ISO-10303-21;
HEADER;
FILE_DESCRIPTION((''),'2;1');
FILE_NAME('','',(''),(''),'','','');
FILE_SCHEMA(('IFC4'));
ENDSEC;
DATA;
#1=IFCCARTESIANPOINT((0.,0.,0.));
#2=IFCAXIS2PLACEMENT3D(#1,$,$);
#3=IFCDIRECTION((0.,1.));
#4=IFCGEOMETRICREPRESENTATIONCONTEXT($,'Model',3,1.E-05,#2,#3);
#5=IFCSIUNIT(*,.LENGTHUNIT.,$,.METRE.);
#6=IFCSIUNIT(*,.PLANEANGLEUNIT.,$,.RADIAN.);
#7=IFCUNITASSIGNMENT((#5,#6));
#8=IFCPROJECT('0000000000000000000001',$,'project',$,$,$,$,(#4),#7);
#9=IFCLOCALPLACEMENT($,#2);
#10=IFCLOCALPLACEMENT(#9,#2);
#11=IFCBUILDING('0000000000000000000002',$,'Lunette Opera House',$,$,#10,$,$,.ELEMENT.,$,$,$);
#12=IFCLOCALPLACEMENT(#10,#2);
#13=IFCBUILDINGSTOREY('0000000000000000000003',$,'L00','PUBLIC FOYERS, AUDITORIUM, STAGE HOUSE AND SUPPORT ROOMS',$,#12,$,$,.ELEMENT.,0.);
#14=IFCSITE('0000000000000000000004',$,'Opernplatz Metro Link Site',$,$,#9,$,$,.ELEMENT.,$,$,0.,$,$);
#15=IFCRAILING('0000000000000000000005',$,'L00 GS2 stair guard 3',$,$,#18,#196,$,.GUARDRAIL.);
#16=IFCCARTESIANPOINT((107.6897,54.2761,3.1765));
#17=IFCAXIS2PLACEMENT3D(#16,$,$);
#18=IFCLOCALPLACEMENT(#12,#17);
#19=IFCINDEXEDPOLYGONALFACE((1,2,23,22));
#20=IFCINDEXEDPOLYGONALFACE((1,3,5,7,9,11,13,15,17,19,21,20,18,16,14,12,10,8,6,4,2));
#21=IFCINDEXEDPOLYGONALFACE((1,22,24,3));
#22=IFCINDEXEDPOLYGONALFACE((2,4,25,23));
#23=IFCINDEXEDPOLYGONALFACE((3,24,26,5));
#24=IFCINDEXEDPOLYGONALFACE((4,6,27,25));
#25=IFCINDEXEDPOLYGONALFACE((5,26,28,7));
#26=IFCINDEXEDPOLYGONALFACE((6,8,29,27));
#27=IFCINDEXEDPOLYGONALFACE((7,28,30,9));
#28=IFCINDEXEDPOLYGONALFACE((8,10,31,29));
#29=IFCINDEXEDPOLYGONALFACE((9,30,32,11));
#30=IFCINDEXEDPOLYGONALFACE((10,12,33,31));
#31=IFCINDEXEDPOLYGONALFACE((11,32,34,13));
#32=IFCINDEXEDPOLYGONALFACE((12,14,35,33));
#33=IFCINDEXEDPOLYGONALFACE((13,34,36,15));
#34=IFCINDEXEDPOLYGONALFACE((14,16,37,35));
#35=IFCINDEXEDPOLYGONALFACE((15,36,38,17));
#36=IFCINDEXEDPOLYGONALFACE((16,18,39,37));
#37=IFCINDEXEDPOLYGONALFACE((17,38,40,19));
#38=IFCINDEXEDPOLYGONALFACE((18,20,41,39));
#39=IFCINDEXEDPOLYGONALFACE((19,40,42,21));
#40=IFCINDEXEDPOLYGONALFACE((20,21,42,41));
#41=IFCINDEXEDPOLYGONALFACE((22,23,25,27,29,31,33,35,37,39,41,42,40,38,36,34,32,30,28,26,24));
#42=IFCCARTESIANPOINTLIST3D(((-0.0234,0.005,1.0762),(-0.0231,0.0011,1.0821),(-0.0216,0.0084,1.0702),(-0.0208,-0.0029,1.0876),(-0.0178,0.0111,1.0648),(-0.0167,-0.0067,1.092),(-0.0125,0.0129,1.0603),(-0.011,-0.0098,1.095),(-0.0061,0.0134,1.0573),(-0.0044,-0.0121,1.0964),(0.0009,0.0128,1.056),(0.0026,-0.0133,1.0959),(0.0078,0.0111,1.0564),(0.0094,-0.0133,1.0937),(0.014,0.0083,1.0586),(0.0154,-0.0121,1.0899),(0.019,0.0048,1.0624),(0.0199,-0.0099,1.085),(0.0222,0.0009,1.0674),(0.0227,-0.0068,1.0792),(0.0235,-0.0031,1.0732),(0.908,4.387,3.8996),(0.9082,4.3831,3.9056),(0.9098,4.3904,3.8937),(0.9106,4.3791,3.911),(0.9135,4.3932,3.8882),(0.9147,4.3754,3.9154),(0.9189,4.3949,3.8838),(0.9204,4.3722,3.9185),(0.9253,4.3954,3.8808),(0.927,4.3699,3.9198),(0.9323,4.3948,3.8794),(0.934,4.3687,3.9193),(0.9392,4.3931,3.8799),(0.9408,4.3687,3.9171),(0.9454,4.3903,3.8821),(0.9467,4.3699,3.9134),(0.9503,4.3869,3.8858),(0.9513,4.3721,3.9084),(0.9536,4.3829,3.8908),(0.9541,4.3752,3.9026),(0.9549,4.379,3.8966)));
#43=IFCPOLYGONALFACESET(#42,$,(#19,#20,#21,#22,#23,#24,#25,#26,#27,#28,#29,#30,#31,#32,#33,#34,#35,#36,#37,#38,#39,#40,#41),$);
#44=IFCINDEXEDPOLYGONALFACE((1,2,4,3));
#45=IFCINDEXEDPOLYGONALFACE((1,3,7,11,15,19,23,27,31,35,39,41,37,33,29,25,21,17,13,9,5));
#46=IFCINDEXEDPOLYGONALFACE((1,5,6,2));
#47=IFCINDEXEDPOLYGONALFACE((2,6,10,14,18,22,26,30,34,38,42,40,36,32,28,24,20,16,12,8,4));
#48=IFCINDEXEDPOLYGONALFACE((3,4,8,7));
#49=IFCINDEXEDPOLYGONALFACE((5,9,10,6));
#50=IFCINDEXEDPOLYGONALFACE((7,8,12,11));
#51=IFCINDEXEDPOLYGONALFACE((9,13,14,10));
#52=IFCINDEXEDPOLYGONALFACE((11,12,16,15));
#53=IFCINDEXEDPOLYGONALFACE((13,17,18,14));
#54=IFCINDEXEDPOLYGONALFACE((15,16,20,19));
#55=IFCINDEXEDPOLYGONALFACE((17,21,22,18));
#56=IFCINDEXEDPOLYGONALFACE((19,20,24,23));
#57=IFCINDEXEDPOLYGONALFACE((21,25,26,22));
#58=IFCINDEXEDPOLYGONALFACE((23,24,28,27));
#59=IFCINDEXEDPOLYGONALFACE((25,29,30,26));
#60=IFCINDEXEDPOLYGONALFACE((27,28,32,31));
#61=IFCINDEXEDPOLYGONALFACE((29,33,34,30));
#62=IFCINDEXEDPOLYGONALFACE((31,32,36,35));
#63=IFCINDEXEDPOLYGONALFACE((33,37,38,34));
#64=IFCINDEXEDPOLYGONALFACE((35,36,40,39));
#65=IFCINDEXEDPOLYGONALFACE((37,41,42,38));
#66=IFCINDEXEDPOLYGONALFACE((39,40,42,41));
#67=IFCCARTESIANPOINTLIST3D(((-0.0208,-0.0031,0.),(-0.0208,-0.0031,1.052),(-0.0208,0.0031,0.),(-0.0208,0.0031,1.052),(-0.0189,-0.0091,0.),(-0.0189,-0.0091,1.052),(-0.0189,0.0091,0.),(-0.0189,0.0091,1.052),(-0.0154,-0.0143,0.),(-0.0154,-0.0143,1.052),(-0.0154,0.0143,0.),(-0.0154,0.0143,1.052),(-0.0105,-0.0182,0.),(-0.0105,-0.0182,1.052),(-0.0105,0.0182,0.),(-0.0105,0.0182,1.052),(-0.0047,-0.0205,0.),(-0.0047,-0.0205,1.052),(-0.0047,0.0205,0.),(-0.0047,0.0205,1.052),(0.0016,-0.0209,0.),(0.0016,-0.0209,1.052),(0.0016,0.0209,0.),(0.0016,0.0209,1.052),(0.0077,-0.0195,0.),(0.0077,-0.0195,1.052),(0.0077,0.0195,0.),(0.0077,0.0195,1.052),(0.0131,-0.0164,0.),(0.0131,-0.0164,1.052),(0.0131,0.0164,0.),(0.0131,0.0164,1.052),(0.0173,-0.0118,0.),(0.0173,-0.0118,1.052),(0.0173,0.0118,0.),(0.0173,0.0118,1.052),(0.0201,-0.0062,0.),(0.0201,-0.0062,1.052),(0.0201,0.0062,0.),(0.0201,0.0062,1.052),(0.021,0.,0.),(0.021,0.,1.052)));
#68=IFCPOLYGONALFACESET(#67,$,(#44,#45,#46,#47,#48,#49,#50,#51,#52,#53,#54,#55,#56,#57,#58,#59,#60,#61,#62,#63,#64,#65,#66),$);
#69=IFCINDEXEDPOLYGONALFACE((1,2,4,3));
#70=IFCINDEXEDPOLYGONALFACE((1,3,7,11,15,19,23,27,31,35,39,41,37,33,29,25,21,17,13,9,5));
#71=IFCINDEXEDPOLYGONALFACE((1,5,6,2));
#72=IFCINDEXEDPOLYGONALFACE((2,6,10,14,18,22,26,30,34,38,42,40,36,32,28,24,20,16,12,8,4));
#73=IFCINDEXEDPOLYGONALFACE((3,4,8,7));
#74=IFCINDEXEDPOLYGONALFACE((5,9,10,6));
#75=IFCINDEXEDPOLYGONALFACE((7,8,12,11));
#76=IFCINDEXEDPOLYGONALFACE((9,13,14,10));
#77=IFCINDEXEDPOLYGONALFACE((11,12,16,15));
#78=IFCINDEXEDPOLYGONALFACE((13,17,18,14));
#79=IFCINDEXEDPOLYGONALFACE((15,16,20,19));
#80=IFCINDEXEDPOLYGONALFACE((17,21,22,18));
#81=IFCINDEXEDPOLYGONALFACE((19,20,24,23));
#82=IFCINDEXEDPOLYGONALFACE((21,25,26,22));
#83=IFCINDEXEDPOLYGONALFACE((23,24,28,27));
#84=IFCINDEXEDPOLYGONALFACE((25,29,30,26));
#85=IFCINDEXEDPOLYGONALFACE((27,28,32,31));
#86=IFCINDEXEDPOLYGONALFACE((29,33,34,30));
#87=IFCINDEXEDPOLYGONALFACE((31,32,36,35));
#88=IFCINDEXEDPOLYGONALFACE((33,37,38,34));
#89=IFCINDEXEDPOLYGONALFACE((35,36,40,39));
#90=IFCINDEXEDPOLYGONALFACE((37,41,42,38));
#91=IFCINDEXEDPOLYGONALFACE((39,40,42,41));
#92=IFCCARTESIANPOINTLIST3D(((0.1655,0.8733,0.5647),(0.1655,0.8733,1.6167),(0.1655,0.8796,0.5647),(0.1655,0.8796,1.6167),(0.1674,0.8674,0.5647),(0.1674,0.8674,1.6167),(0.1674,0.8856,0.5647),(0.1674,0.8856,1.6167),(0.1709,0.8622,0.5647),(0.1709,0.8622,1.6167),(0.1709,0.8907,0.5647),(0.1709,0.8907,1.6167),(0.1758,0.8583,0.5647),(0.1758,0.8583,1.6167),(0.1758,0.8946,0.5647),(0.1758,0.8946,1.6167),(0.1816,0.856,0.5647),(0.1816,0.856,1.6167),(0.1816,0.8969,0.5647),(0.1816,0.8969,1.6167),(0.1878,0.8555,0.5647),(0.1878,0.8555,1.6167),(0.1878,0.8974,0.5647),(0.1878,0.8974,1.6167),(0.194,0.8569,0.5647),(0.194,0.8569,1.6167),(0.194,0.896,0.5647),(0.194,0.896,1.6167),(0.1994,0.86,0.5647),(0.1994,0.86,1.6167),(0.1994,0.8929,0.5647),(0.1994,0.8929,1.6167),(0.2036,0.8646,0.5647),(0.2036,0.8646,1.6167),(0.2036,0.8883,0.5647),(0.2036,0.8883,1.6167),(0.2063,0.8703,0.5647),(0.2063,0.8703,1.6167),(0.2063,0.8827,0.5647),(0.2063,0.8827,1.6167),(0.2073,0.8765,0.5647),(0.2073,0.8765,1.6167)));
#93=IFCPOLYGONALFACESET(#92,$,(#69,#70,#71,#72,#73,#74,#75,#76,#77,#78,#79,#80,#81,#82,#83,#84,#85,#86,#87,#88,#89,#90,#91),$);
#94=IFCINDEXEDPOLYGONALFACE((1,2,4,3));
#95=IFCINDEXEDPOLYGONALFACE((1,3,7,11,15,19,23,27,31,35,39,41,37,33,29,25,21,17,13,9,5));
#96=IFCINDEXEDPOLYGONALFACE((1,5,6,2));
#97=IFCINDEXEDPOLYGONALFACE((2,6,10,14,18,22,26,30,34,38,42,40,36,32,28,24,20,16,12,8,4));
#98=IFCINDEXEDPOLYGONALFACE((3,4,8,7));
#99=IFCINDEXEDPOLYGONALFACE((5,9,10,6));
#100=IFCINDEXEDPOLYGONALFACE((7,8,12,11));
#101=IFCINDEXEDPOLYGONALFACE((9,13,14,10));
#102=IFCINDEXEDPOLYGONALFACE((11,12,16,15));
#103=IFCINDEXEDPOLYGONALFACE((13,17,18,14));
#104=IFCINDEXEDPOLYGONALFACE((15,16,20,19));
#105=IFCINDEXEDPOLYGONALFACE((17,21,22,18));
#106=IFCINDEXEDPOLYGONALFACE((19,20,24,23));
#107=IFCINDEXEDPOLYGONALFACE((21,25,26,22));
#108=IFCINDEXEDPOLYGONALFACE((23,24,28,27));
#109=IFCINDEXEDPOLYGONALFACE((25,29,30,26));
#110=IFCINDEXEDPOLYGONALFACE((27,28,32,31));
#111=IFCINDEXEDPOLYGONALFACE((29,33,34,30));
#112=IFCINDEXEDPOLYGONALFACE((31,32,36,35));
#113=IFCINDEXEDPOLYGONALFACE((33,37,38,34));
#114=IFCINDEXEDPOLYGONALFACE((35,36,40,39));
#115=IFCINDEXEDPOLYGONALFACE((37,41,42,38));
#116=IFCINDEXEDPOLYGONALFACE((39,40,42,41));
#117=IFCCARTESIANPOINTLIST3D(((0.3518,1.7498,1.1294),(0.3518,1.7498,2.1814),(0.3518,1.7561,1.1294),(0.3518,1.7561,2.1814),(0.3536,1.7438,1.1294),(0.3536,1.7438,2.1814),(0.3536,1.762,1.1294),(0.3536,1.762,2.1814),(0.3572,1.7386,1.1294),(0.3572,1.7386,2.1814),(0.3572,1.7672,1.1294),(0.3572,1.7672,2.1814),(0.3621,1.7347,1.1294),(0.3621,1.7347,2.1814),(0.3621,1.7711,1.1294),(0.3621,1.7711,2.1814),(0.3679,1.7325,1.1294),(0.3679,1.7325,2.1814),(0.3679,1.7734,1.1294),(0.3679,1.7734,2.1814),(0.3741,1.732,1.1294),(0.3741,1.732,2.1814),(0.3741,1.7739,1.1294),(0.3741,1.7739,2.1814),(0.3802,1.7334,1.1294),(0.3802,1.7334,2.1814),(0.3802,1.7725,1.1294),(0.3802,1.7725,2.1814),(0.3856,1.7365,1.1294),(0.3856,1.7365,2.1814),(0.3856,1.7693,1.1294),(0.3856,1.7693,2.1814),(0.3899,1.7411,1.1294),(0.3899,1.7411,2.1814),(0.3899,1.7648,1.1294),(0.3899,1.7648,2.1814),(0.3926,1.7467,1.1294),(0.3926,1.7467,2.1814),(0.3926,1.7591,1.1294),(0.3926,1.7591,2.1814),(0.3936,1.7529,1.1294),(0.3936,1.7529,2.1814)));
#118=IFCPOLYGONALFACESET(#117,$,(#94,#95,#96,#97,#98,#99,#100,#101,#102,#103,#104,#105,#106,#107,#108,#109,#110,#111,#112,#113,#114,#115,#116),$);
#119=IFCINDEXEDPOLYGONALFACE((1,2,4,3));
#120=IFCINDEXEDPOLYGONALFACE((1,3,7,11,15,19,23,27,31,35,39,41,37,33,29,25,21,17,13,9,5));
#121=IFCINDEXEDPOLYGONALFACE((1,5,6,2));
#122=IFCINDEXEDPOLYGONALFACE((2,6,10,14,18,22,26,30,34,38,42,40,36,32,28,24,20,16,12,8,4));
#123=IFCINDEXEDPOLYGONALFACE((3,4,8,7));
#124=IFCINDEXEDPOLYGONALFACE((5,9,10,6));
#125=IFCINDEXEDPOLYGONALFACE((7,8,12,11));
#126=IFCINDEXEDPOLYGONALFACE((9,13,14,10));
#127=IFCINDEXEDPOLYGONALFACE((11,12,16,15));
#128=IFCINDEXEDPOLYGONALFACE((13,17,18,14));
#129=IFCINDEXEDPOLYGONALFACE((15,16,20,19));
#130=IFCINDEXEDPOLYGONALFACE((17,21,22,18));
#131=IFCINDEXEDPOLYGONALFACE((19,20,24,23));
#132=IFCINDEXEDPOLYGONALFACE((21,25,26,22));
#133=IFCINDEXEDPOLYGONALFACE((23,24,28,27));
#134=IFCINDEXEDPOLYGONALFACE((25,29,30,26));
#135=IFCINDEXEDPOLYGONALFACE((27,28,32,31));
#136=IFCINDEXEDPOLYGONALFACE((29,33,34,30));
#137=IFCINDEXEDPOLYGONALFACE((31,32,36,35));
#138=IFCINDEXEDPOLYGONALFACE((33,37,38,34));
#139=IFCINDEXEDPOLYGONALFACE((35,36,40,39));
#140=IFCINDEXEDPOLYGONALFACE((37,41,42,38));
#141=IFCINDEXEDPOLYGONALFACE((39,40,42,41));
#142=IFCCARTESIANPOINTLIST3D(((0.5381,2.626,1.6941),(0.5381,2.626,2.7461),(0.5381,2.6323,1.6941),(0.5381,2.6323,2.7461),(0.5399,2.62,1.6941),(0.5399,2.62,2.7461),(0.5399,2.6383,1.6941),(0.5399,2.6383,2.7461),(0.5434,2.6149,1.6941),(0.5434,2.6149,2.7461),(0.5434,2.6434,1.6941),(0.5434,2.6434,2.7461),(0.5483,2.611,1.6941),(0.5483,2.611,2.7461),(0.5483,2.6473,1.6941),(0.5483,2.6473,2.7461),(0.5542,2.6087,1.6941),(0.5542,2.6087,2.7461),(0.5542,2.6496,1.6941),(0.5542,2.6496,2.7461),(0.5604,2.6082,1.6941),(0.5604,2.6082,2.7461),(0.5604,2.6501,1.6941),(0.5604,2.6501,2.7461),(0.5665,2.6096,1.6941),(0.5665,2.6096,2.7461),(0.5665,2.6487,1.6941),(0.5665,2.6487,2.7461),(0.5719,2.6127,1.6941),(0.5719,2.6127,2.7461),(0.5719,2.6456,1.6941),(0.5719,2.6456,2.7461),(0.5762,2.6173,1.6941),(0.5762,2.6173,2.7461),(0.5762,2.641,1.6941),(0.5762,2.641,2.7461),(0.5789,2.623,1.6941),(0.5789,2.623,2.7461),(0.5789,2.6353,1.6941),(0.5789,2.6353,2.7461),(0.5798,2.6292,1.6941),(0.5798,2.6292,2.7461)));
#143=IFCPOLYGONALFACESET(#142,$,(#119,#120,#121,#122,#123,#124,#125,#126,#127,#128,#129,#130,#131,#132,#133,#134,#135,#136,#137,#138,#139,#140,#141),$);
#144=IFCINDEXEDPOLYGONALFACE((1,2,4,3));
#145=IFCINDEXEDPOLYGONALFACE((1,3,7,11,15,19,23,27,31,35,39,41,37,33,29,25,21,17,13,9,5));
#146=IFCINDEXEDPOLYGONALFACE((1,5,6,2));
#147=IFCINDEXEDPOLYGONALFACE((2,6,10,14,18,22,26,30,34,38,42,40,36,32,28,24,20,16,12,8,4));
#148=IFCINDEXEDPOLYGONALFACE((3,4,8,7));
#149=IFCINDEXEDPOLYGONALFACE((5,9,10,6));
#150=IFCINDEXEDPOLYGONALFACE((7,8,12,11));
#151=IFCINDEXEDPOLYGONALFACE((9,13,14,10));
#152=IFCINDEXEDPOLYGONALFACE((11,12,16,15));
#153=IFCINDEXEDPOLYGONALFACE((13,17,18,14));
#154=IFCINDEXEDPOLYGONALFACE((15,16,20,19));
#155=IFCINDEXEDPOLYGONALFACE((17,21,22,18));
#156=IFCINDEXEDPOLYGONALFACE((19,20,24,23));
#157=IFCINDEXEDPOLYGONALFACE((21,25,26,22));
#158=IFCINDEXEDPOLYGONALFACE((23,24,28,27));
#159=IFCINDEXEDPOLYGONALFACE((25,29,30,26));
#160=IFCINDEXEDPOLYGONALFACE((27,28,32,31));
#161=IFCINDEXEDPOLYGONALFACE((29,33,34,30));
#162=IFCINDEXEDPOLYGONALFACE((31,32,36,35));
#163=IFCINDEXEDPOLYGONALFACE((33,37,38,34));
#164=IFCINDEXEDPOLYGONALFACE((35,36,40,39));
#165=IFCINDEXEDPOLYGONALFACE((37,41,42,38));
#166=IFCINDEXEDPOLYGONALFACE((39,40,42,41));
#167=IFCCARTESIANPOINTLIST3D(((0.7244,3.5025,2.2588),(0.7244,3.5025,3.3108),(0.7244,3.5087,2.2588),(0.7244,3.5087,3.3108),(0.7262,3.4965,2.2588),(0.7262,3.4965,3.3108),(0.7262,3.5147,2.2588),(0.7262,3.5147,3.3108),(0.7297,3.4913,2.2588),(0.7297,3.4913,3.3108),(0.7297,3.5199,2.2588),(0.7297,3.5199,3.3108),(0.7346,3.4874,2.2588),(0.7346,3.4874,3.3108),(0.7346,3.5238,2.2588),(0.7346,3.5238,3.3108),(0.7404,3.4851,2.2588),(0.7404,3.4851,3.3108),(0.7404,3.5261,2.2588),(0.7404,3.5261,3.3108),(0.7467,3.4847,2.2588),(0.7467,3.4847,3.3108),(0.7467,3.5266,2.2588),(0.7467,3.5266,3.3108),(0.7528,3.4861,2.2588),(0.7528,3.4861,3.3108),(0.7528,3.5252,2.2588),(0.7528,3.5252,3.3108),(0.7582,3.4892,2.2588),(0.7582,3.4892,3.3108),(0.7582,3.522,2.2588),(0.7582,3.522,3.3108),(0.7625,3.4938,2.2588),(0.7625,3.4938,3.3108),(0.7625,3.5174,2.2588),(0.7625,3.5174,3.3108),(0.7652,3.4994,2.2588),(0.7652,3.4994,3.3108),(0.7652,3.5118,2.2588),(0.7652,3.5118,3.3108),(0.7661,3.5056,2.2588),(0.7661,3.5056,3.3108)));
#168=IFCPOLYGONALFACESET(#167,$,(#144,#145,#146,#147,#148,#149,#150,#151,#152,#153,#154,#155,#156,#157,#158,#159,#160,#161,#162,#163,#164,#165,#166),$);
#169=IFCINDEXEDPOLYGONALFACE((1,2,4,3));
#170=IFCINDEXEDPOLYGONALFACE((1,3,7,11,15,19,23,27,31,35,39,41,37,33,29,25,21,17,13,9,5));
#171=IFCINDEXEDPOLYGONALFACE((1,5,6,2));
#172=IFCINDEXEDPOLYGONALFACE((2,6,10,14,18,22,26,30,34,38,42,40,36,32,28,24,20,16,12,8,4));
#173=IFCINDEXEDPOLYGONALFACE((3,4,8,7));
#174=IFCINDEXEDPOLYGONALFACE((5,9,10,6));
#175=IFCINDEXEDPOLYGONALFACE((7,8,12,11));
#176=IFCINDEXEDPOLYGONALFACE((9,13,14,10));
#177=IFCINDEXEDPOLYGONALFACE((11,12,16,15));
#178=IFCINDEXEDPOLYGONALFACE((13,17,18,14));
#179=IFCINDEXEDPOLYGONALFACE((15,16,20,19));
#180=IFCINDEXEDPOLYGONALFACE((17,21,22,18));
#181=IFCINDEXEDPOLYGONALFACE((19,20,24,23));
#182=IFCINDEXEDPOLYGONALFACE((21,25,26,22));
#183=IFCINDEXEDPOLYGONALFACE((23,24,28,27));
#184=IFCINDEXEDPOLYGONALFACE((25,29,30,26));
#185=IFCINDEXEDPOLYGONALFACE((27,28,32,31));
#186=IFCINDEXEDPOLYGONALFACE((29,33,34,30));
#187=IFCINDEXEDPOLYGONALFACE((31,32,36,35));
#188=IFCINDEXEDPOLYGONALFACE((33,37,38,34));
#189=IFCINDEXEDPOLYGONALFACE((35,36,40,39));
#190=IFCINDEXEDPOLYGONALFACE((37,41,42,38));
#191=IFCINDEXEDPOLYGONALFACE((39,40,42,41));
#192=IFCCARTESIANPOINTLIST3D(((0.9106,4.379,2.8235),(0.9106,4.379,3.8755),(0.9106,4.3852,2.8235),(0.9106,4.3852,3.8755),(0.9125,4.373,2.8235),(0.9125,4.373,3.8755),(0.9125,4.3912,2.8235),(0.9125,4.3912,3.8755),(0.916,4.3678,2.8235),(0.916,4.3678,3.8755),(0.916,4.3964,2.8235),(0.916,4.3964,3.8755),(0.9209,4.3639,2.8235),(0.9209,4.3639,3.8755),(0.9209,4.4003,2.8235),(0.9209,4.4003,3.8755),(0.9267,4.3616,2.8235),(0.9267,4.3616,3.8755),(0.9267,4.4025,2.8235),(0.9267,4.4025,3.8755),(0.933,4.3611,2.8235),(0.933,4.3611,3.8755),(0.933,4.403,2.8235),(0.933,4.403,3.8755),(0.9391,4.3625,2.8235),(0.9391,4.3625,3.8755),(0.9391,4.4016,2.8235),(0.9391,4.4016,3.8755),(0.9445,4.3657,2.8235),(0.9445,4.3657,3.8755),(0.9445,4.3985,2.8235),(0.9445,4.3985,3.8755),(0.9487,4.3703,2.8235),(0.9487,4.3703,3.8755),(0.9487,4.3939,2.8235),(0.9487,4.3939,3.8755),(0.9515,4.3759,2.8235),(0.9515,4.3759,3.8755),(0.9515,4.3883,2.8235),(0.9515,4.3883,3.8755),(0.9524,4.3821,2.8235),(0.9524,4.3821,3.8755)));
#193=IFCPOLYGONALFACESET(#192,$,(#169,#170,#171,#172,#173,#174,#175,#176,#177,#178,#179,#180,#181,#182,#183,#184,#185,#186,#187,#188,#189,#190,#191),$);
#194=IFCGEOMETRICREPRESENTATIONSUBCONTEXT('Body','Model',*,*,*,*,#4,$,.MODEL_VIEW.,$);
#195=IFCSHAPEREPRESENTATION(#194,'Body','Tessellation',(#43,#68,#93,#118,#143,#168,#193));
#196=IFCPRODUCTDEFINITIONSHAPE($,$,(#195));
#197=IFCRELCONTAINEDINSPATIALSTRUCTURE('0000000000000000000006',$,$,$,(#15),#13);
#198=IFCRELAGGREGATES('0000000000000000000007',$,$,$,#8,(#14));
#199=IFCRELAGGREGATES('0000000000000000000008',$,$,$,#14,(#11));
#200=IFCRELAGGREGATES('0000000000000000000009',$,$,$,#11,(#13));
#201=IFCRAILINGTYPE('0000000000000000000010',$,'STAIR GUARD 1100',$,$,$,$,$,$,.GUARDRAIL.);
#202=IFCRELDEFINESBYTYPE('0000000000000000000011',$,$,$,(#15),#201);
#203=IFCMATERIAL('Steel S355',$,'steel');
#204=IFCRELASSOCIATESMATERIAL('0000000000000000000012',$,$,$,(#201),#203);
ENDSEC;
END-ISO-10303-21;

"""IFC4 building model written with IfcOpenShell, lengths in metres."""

from ifc_helpers import new_model, si_unit, direction, frame, origin, origin_2d, place, context, subcontext, project, spatial, circle, extrude, material, type_object, element, save


model = new_model("IFC4")

# Units and contexts
model_context = context("Model", 3, precision=1e-05, world=origin(), true_north=direction((0.0, 1.0)))
body_context = subcontext(model_context, "Body", "Model", "MODEL_VIEW")
ifc_project = project(units=[si_unit("LENGTHUNIT", "METRE"), si_unit("PLANEANGLEUNIT", "RADIAN")], contexts=[model_context])

# Site, building, storey
site_placement = place(None, origin())
site = spatial("IfcSite", under=ifc_project, at=site_placement, Name="Opernplatz Metro Link Site", CompositionType="ELEMENT", RefElevation=0.0)
building_placement = place(site_placement, origin())
building = spatial("IfcBuilding", under=site, at=building_placement, Name="Lunette Opera House", CompositionType="ELEMENT")
storey_placement = place(building_placement, origin())
storey = spatial("IfcBuildingStorey", under=building, at=storey_placement, Name="L00", Description="PUBLIC FOYERS, AUDITORIUM, STAGE HOUSE AND SUPPORT ROOMS", CompositionType="ELEMENT", Elevation=0.0)

# Railing
ifc_material_1 = material(Name="Steel S355", Category="steel")
railing_type_1 = type_object("IfcRailingType", Name="STAIR GUARD 1100", PredefinedType="GUARDRAIL", material=ifc_material_1)
railing_1_placement = place(storey_placement, frame((107.6897, 54.2761, 3.1765)))
element("IfcRailing", 1, at=railing_1_placement, inside=storey, type_object=railing_type_1, Name="L00 GS2 stair guard 3", PredefinedType="GUARDRAIL", context=body_context, shape_type="SweptSolid", body=[
    extrude(circle(Radius=0.0239, at=origin_2d()), frame((0.0, 0.0, 1.0762), z_axis=(0.175885, 0.827512, 0.533187), x_axis=(-0.97815, 0.207902, 0.0)), (0.0, 0.0, 1.0), 5.2954),
    extrude(circle(Radius=0.021, at=origin_2d()), origin(), (0.0, 0.0, 1.0), 1.052),
    extrude(circle(Radius=0.021, at=origin_2d()), frame((0.1863, 0.8765, 0.5647)), (0.0, 0.0, 1.0), 1.052),
    extrude(circle(Radius=0.021, at=origin_2d()), frame((0.3726, 1.7529, 1.1294)), (0.0, 0.0, 1.0), 1.052),
    extrude(circle(Radius=0.021, at=origin_2d()), frame((0.5588, 2.6292, 1.6941)), (0.0, 0.0, 1.0), 1.052),
    extrude(circle(Radius=0.021, at=origin_2d()), frame((0.7451, 3.5056, 2.2588)), (0.0, 0.0, 1.0), 1.052),
    extrude(circle(Radius=0.021, at=origin_2d()), frame((0.9314, 4.3821, 2.8235)), (0.0, 0.0, 1.0), 1.052),
])

save(model, "model.ifc")
